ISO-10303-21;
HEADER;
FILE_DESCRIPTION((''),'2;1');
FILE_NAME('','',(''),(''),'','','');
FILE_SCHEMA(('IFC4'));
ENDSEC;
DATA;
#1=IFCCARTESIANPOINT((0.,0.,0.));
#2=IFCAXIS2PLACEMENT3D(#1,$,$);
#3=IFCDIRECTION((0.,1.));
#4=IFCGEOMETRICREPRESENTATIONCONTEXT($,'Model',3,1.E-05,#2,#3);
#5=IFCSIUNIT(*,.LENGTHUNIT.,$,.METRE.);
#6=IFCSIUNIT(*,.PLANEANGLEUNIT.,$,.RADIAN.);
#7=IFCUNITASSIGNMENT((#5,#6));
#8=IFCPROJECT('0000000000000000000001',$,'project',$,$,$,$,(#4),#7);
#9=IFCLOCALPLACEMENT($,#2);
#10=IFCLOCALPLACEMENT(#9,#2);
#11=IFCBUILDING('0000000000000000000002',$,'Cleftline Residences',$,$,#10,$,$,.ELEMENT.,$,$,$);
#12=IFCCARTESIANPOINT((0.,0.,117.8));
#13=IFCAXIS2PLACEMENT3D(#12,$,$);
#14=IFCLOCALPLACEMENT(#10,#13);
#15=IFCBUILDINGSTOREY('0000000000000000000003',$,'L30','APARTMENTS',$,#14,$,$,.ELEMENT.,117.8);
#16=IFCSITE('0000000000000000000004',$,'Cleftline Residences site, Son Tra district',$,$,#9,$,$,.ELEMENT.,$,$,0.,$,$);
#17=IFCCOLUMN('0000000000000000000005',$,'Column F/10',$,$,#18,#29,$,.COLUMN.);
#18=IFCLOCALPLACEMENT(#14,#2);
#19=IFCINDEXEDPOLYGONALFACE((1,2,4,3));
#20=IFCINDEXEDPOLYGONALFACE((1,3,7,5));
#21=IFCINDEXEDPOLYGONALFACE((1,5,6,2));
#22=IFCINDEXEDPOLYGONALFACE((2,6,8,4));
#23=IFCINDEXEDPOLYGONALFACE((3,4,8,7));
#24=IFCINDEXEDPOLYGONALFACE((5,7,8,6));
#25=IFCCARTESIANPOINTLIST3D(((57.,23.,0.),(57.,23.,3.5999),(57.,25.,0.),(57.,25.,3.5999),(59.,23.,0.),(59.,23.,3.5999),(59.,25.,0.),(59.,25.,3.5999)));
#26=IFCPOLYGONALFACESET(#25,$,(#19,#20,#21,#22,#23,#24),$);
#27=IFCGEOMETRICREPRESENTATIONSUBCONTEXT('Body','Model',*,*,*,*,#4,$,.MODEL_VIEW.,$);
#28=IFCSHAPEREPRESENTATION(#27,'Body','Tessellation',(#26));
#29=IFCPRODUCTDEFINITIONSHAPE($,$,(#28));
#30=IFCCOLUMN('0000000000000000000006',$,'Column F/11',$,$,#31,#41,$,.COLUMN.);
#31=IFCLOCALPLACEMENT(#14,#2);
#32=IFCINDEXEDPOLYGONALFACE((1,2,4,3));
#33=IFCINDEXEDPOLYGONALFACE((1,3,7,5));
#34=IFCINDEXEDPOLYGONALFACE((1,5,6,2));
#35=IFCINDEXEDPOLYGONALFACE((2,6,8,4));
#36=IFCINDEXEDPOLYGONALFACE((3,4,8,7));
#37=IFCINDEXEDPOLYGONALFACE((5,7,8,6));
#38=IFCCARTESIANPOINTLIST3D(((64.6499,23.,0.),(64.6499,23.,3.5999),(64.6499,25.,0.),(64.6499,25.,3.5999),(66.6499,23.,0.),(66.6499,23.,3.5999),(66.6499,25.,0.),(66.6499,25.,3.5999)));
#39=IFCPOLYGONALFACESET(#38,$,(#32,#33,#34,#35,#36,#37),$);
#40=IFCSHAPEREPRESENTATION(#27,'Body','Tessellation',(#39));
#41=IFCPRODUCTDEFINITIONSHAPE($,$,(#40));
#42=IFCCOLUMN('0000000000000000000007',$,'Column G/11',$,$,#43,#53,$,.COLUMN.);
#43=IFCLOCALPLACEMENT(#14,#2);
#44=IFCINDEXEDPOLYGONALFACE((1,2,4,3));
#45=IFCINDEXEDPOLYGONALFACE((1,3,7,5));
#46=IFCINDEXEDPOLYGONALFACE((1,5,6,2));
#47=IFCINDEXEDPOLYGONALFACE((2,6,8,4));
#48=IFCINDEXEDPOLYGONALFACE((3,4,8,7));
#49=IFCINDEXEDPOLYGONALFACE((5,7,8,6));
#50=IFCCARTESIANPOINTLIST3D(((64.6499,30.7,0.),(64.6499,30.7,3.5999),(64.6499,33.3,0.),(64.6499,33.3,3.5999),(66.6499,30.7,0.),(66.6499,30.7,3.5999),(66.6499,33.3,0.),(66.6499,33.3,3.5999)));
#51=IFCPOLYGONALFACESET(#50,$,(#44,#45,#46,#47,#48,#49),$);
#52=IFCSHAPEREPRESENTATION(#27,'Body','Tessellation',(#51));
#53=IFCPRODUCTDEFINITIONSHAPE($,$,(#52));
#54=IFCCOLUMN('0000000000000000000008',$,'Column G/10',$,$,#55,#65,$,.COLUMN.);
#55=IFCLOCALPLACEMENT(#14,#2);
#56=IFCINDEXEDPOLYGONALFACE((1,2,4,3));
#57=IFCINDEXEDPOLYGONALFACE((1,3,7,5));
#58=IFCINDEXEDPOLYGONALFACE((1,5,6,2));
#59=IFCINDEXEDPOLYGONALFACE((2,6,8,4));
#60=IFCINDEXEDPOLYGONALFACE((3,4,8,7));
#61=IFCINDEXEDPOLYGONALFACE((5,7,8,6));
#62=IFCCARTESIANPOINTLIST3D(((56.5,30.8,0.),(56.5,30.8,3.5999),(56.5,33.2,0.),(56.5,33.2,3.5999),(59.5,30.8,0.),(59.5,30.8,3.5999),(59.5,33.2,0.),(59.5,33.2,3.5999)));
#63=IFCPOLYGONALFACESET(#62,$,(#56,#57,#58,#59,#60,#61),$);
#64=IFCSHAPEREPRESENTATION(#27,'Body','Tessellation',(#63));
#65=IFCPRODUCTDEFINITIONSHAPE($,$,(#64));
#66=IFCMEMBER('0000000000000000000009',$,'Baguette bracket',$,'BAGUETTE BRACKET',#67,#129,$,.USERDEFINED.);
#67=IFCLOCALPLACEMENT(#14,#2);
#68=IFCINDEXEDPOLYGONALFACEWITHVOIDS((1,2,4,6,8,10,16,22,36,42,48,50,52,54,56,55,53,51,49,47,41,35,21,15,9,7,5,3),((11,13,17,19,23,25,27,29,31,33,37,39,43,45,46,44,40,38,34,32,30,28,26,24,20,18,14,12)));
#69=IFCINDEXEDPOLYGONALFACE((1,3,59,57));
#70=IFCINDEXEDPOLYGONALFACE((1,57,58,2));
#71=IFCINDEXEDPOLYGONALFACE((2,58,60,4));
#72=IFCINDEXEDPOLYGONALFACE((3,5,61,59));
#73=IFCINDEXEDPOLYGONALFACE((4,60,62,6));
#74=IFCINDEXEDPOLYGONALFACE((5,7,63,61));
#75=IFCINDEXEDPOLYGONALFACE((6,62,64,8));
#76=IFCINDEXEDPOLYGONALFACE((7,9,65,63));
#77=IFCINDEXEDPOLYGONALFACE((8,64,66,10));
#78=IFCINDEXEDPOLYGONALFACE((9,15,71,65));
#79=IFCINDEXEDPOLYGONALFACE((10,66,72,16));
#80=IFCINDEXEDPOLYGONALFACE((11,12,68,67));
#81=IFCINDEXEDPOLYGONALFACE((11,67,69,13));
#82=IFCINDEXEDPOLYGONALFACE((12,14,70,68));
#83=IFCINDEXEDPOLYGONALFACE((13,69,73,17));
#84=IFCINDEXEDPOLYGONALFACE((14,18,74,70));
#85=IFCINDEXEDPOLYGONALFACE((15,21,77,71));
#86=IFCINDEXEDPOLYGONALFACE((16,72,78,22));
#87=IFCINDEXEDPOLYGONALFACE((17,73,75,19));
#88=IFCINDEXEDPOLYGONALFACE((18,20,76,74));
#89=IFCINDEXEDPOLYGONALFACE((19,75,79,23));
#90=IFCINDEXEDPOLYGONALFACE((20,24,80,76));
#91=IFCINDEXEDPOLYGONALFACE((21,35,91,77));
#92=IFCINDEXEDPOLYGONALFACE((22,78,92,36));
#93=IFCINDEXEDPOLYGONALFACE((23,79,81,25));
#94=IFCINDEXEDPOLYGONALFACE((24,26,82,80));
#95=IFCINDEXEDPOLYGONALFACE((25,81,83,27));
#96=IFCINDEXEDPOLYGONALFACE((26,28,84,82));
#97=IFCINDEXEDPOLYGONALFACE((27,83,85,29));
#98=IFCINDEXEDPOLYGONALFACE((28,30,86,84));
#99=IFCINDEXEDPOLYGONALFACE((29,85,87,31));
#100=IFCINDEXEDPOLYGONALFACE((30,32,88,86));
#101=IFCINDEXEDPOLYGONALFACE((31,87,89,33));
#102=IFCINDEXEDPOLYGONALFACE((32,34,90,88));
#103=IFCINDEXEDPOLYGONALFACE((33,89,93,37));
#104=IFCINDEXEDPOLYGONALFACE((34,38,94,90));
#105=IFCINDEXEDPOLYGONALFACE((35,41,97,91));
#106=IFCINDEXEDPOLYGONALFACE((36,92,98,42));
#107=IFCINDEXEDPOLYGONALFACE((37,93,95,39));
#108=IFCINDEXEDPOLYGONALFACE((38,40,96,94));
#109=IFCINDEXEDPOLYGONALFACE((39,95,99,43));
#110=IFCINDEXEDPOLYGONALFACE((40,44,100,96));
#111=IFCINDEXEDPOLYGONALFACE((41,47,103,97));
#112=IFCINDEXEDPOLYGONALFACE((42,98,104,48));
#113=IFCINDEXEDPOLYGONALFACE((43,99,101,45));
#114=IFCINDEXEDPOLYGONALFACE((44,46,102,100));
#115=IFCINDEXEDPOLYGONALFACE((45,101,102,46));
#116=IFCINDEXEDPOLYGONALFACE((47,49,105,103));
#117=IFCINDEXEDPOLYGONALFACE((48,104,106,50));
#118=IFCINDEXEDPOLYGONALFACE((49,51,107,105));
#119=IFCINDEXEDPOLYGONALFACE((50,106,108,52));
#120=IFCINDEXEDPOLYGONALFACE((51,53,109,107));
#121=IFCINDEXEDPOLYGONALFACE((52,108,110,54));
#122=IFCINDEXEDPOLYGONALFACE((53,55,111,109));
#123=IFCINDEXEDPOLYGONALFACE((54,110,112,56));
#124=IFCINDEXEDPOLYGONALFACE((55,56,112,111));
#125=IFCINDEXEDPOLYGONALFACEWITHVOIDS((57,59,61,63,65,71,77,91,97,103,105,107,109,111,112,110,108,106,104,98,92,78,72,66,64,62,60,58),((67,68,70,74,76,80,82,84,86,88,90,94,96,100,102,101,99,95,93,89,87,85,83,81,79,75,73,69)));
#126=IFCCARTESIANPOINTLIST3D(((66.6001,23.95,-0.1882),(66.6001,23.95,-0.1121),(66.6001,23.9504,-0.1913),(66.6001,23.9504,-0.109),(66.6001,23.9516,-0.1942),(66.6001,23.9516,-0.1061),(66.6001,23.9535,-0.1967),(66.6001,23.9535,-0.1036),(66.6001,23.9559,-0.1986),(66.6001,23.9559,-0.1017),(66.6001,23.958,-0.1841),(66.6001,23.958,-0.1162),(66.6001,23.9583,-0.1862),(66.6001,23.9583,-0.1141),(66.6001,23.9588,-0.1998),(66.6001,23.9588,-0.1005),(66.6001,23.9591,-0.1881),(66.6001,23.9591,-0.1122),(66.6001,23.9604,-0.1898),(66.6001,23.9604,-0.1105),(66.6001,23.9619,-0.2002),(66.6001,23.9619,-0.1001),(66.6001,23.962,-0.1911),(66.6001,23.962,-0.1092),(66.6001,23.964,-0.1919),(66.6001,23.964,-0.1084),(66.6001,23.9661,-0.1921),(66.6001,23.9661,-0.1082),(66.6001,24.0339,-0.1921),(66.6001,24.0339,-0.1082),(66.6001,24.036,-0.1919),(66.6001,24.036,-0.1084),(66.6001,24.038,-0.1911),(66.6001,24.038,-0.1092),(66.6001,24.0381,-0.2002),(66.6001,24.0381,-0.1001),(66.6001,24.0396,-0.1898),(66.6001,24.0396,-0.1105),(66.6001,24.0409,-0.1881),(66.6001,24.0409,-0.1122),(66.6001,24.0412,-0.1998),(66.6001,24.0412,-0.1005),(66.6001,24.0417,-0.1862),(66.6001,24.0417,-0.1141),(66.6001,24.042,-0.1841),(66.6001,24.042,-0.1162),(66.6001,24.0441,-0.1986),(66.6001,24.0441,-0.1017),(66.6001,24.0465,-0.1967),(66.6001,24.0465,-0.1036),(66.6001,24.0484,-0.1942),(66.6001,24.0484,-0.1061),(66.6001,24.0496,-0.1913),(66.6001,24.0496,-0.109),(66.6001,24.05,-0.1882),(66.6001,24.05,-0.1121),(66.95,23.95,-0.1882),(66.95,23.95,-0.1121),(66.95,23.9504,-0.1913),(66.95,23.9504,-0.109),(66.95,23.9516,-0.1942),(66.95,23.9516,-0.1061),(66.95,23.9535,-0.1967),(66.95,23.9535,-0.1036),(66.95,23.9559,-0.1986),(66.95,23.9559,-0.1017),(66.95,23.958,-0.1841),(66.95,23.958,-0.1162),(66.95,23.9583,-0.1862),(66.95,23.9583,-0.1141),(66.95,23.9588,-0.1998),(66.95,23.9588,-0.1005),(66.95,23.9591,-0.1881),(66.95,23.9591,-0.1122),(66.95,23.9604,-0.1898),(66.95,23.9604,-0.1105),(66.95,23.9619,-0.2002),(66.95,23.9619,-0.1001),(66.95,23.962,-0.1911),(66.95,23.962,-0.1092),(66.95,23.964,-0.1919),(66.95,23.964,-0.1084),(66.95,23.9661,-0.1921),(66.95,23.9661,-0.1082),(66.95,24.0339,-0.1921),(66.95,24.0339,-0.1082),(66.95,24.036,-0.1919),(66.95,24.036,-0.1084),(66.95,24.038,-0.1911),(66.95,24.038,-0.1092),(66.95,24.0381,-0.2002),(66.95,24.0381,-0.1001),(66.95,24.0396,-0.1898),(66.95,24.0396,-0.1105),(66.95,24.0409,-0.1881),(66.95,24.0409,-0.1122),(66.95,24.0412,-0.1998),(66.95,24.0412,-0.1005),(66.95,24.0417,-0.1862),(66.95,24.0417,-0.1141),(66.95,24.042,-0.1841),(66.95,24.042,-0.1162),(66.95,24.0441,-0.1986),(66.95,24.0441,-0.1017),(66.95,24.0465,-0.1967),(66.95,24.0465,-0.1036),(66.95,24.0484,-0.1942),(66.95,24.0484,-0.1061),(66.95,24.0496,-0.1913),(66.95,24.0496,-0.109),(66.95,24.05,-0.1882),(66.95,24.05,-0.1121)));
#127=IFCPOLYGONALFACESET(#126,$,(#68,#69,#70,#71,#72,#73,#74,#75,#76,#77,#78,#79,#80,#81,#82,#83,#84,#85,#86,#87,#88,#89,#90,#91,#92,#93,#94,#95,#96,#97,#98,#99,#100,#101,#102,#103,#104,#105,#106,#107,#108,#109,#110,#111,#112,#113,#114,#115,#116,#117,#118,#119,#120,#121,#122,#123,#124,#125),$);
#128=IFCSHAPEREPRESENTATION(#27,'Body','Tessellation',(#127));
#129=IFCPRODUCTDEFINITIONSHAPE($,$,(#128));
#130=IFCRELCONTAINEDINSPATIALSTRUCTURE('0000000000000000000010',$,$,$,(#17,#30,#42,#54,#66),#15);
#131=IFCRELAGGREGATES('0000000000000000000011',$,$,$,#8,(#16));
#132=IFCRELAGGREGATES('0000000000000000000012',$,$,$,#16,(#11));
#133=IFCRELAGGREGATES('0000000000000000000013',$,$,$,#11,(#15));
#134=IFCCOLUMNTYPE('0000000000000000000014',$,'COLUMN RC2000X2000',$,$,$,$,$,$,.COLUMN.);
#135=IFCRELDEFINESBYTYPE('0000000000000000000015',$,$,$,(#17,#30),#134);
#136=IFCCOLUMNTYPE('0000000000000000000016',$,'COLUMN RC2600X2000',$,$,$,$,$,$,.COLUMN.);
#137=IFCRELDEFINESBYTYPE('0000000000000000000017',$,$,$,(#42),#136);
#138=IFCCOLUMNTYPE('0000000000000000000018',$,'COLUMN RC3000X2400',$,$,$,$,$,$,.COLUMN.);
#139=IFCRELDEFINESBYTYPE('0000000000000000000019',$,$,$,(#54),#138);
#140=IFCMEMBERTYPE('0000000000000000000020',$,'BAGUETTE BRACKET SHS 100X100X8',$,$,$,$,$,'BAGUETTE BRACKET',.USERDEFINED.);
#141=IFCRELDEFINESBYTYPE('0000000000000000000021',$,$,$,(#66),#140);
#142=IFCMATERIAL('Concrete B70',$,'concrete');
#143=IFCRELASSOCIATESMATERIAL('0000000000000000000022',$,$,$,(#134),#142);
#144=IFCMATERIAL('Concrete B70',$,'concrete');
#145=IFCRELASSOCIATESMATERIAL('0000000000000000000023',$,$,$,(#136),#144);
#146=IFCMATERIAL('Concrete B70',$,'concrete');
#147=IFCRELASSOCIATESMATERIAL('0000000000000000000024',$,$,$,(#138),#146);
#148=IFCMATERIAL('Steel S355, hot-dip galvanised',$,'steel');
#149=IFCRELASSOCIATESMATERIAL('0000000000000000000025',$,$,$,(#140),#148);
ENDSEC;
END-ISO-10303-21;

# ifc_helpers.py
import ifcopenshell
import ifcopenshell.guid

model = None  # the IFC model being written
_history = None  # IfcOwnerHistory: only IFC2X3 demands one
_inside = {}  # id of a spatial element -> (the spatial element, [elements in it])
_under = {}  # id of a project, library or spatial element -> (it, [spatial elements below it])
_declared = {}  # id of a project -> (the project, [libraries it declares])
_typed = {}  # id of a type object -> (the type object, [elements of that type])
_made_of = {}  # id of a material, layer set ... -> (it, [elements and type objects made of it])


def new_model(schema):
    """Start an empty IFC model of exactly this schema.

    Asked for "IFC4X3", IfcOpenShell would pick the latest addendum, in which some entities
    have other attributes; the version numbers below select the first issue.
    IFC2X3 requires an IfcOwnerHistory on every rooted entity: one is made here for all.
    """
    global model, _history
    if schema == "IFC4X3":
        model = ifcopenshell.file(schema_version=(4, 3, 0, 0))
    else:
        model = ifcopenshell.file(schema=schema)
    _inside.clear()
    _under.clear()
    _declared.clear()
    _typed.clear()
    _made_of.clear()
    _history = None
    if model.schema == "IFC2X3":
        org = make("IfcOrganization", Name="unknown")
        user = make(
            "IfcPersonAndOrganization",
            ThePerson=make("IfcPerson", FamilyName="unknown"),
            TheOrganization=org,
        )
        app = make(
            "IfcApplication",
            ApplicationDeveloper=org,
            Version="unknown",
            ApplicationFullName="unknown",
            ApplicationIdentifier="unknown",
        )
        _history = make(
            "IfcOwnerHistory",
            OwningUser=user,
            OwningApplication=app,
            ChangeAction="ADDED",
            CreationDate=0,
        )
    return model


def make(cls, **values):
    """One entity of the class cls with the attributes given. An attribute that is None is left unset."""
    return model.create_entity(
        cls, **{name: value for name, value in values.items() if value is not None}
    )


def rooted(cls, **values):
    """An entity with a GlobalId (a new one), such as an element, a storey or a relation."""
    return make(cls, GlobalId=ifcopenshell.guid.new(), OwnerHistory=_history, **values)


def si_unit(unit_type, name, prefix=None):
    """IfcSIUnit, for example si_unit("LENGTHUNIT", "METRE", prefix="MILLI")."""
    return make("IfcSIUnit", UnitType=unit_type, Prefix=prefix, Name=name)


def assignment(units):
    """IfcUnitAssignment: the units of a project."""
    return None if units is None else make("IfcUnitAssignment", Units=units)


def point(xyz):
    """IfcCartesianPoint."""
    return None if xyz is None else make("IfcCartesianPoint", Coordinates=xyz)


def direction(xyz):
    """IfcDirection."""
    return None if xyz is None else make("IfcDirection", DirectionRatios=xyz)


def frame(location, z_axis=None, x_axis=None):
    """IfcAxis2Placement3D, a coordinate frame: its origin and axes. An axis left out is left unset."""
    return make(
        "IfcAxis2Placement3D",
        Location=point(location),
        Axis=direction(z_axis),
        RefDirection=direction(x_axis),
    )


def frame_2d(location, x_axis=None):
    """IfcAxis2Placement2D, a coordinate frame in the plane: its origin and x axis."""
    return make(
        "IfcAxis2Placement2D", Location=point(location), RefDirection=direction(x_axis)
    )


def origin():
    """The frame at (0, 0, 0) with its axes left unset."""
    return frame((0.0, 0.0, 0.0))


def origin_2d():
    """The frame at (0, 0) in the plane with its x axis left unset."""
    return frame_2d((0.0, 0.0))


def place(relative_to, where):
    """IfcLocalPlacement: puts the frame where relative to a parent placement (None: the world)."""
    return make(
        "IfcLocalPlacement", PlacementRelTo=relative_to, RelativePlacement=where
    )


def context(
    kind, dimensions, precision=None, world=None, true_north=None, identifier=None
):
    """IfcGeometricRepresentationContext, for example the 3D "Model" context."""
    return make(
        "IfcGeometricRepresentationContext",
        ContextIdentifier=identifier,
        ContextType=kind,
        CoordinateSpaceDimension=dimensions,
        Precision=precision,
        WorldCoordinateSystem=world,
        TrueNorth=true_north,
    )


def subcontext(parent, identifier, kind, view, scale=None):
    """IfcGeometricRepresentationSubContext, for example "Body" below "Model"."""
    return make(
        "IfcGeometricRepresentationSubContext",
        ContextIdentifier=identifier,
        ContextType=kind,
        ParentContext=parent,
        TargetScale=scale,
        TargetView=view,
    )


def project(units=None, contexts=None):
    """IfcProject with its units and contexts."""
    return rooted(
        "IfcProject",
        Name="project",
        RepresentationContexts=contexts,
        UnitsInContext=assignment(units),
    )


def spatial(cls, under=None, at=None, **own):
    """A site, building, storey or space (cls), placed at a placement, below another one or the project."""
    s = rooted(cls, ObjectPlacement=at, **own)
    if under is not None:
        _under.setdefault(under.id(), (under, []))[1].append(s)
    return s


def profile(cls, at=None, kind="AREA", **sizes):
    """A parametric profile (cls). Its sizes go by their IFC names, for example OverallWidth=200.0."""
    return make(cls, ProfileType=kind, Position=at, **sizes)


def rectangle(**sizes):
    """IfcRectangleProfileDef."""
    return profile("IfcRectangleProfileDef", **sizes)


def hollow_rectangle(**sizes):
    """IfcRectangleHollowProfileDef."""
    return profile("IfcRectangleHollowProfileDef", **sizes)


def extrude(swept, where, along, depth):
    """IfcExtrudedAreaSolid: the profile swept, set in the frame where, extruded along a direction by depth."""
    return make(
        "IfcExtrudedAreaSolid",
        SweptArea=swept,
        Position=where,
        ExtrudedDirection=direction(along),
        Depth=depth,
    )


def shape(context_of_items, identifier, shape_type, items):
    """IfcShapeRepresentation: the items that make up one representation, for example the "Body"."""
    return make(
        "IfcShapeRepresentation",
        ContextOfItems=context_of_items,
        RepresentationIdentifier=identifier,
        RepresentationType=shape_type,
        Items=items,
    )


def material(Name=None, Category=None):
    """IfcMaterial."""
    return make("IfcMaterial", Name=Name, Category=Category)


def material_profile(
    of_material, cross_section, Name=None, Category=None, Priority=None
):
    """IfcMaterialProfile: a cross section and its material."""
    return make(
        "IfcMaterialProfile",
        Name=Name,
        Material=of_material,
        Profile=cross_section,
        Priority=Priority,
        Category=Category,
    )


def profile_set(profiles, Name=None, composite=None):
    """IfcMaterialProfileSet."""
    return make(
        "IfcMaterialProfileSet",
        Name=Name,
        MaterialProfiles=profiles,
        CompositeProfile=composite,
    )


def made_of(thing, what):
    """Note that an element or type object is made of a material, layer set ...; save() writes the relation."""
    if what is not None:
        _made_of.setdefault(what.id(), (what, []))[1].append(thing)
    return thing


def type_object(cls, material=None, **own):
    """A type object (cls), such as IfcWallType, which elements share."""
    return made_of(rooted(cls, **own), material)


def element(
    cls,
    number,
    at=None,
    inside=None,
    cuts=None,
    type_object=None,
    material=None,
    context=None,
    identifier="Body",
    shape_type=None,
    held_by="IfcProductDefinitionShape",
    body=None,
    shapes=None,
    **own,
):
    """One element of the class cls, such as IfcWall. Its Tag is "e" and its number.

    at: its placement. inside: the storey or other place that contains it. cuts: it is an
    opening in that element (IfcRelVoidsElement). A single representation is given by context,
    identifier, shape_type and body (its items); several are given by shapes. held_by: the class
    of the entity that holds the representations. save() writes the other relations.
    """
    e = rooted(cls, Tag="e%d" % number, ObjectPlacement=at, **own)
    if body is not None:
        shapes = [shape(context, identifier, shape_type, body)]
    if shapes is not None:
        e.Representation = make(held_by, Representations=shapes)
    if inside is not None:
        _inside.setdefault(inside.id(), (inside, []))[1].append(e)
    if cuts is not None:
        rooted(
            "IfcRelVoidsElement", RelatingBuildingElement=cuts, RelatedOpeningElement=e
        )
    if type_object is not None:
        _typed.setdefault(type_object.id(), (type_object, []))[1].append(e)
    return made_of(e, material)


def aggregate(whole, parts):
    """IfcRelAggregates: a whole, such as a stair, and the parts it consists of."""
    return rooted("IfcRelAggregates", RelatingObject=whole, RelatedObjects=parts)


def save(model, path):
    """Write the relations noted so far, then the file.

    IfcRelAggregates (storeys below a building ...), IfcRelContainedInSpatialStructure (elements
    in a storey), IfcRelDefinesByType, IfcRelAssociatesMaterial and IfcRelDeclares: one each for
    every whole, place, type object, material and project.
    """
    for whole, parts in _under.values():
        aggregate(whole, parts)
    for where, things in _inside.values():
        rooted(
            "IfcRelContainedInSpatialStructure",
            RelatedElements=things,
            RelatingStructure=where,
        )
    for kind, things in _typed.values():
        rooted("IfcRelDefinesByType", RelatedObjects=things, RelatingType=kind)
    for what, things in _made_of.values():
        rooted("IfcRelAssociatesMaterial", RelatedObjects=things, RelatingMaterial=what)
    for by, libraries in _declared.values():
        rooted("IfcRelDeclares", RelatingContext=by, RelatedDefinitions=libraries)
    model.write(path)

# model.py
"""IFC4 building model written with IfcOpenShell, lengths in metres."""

from ifc_helpers import new_model, si_unit, direction, frame, origin, origin_2d, place, context, subcontext, project, spatial, rectangle, hollow_rectangle, extrude, material, material_profile, profile_set, type_object, element, save


model = new_model("IFC4")

# Units and contexts
model_context = context("Model", 3, precision=1e-05, world=origin(), true_north=direction((0.0, 1.0)))
body_context = subcontext(model_context, "Body", "Model", "MODEL_VIEW")
ifc_project = project(units=[si_unit("LENGTHUNIT", "METRE"), si_unit("PLANEANGLEUNIT", "RADIAN")], contexts=[model_context])

# Site, building, storey
site_placement = place(None, origin())
site = spatial("IfcSite", under=ifc_project, at=site_placement, Name="Cleftline Residences site, Son Tra district", CompositionType="ELEMENT", RefElevation=0.0)
building_placement = place(site_placement, origin())
building = spatial("IfcBuilding", under=site, at=building_placement, Name="Cleftline Residences", CompositionType="ELEMENT")
storey_placement = place(building_placement, frame((0.0, 0.0, 117.8)))
storey = spatial("IfcBuildingStorey", under=building, at=storey_placement, Name="L30", Description="APARTMENTS", CompositionType="ELEMENT", Elevation=117.8)

# Columns
ifc_material_1 = material(Name="Concrete B70", Category="concrete")
ifc_material_profile_1 = material_profile(ifc_material_1, rectangle(XDim=2.0, YDim=2.0, at=origin_2d()))
ifc_profile_set_1 = profile_set([ifc_material_profile_1], Name="Concrete B70")
column_type_1 = type_object("IfcColumnType", Name="COLUMN RC2000X2000", PredefinedType="COLUMN", material=ifc_profile_set_1)
for number, where, z_axis, x_axis, name in (
    (1, (58.0, 24.0, 0.0), (0.0, 0.0, 1.0), (1.0, 0.0, 0.0), "Column F/10"),
    (2, (65.6499, 24.0, 0.0), (0.0, 0.0, 1.0), (1.0, 0.0, 0.0), "Column F/11"),
):
    element("IfcColumn", number, at=place(storey_placement, frame(where, z_axis=z_axis, x_axis=x_axis)), inside=storey, type_object=column_type_1, Name=name, PredefinedType="COLUMN", context=body_context, shape_type="SweptSolid", body=[
        extrude(rectangle(XDim=2.0, YDim=2.0, at=origin_2d()), origin(), (0.0, 0.0, 1.0), 3.5999),
    ])
ifc_material_2 = material(Name="Concrete B70", Category="concrete")
ifc_material_profile_2 = material_profile(ifc_material_2, rectangle(XDim=2.6001, YDim=2.0, at=origin_2d()))
ifc_profile_set_2 = profile_set([ifc_material_profile_2], Name="Concrete B70")
column_type_2 = type_object("IfcColumnType", Name="COLUMN RC2600X2000", PredefinedType="COLUMN", material=ifc_profile_set_2)
column_1_placement = place(storey_placement, frame((65.6499, 32.0, 0.0), z_axis=(0.0, 0.0, 1.0), x_axis=(0.0, 1.0, 0.0)))
element("IfcColumn", 3, at=column_1_placement, inside=storey, type_object=column_type_2, Name="Column G/11", PredefinedType="COLUMN", context=body_context, shape_type="SweptSolid", body=[
    extrude(rectangle(XDim=2.6001, YDim=2.0, at=origin_2d()), origin(), (0.0, 0.0, 1.0), 3.5999),
])
ifc_material_3 = material(Name="Concrete B70", Category="concrete")
ifc_material_profile_3 = material_profile(ifc_material_3, rectangle(XDim=3.0, YDim=2.3999, at=origin_2d()))
ifc_profile_set_3 = profile_set([ifc_material_profile_3], Name="Concrete B70")
column_type_3 = type_object("IfcColumnType", Name="COLUMN RC3000X2400", PredefinedType="COLUMN", material=ifc_profile_set_3)
column_2_placement = place(storey_placement, frame((58.0, 32.0, 0.0), z_axis=(0.0, 0.0, 1.0), x_axis=(1.0, 0.0, 0.0)))
element("IfcColumn", 4, at=column_2_placement, inside=storey, type_object=column_type_3, Name="Column G/10", PredefinedType="COLUMN", context=body_context, shape_type="SweptSolid", body=[
    extrude(rectangle(XDim=3.0, YDim=2.3999, at=origin_2d()), origin(), (0.0, 0.0, 1.0), 3.5999),
])

# Member
ifc_material_4 = material(Name="Steel S355, hot-dip galvanised", Category="steel")
ifc_material_profile_4 = material_profile(ifc_material_4, hollow_rectangle(XDim=0.1001, YDim=0.1001, WallThickness=0.0081, InnerFilletRadius=0.0081, OuterFilletRadius=0.012, at=origin_2d()))
ifc_profile_set_4 = profile_set([ifc_material_profile_4], Name="Steel S355, hot-dip galvanised")
member_type_1 = type_object("IfcMemberType", Name="BAGUETTE BRACKET SHS 100X100X8", ElementType="BAGUETTE BRACKET", PredefinedType="USERDEFINED", material=ifc_profile_set_4)
member_1_placement = place(storey_placement, frame((66.6001, 24.0, -0.1501), z_axis=(1.0, 0.0, 0.0), x_axis=(0.0, 1.0, 0.0)))
element("IfcMember", 5, at=member_1_placement, inside=storey, type_object=member_type_1, Name="Baguette bracket", ObjectType="BAGUETTE BRACKET", PredefinedType="USERDEFINED", context=body_context, shape_type="SweptSolid", body=[
    extrude(hollow_rectangle(XDim=0.1001, YDim=0.1001, WallThickness=0.0081, InnerFilletRadius=0.0081, OuterFilletRadius=0.012, at=origin_2d()), origin(), (0.0, 0.0, 1.0), 0.3499),
])

save(model, "model.ifc")
